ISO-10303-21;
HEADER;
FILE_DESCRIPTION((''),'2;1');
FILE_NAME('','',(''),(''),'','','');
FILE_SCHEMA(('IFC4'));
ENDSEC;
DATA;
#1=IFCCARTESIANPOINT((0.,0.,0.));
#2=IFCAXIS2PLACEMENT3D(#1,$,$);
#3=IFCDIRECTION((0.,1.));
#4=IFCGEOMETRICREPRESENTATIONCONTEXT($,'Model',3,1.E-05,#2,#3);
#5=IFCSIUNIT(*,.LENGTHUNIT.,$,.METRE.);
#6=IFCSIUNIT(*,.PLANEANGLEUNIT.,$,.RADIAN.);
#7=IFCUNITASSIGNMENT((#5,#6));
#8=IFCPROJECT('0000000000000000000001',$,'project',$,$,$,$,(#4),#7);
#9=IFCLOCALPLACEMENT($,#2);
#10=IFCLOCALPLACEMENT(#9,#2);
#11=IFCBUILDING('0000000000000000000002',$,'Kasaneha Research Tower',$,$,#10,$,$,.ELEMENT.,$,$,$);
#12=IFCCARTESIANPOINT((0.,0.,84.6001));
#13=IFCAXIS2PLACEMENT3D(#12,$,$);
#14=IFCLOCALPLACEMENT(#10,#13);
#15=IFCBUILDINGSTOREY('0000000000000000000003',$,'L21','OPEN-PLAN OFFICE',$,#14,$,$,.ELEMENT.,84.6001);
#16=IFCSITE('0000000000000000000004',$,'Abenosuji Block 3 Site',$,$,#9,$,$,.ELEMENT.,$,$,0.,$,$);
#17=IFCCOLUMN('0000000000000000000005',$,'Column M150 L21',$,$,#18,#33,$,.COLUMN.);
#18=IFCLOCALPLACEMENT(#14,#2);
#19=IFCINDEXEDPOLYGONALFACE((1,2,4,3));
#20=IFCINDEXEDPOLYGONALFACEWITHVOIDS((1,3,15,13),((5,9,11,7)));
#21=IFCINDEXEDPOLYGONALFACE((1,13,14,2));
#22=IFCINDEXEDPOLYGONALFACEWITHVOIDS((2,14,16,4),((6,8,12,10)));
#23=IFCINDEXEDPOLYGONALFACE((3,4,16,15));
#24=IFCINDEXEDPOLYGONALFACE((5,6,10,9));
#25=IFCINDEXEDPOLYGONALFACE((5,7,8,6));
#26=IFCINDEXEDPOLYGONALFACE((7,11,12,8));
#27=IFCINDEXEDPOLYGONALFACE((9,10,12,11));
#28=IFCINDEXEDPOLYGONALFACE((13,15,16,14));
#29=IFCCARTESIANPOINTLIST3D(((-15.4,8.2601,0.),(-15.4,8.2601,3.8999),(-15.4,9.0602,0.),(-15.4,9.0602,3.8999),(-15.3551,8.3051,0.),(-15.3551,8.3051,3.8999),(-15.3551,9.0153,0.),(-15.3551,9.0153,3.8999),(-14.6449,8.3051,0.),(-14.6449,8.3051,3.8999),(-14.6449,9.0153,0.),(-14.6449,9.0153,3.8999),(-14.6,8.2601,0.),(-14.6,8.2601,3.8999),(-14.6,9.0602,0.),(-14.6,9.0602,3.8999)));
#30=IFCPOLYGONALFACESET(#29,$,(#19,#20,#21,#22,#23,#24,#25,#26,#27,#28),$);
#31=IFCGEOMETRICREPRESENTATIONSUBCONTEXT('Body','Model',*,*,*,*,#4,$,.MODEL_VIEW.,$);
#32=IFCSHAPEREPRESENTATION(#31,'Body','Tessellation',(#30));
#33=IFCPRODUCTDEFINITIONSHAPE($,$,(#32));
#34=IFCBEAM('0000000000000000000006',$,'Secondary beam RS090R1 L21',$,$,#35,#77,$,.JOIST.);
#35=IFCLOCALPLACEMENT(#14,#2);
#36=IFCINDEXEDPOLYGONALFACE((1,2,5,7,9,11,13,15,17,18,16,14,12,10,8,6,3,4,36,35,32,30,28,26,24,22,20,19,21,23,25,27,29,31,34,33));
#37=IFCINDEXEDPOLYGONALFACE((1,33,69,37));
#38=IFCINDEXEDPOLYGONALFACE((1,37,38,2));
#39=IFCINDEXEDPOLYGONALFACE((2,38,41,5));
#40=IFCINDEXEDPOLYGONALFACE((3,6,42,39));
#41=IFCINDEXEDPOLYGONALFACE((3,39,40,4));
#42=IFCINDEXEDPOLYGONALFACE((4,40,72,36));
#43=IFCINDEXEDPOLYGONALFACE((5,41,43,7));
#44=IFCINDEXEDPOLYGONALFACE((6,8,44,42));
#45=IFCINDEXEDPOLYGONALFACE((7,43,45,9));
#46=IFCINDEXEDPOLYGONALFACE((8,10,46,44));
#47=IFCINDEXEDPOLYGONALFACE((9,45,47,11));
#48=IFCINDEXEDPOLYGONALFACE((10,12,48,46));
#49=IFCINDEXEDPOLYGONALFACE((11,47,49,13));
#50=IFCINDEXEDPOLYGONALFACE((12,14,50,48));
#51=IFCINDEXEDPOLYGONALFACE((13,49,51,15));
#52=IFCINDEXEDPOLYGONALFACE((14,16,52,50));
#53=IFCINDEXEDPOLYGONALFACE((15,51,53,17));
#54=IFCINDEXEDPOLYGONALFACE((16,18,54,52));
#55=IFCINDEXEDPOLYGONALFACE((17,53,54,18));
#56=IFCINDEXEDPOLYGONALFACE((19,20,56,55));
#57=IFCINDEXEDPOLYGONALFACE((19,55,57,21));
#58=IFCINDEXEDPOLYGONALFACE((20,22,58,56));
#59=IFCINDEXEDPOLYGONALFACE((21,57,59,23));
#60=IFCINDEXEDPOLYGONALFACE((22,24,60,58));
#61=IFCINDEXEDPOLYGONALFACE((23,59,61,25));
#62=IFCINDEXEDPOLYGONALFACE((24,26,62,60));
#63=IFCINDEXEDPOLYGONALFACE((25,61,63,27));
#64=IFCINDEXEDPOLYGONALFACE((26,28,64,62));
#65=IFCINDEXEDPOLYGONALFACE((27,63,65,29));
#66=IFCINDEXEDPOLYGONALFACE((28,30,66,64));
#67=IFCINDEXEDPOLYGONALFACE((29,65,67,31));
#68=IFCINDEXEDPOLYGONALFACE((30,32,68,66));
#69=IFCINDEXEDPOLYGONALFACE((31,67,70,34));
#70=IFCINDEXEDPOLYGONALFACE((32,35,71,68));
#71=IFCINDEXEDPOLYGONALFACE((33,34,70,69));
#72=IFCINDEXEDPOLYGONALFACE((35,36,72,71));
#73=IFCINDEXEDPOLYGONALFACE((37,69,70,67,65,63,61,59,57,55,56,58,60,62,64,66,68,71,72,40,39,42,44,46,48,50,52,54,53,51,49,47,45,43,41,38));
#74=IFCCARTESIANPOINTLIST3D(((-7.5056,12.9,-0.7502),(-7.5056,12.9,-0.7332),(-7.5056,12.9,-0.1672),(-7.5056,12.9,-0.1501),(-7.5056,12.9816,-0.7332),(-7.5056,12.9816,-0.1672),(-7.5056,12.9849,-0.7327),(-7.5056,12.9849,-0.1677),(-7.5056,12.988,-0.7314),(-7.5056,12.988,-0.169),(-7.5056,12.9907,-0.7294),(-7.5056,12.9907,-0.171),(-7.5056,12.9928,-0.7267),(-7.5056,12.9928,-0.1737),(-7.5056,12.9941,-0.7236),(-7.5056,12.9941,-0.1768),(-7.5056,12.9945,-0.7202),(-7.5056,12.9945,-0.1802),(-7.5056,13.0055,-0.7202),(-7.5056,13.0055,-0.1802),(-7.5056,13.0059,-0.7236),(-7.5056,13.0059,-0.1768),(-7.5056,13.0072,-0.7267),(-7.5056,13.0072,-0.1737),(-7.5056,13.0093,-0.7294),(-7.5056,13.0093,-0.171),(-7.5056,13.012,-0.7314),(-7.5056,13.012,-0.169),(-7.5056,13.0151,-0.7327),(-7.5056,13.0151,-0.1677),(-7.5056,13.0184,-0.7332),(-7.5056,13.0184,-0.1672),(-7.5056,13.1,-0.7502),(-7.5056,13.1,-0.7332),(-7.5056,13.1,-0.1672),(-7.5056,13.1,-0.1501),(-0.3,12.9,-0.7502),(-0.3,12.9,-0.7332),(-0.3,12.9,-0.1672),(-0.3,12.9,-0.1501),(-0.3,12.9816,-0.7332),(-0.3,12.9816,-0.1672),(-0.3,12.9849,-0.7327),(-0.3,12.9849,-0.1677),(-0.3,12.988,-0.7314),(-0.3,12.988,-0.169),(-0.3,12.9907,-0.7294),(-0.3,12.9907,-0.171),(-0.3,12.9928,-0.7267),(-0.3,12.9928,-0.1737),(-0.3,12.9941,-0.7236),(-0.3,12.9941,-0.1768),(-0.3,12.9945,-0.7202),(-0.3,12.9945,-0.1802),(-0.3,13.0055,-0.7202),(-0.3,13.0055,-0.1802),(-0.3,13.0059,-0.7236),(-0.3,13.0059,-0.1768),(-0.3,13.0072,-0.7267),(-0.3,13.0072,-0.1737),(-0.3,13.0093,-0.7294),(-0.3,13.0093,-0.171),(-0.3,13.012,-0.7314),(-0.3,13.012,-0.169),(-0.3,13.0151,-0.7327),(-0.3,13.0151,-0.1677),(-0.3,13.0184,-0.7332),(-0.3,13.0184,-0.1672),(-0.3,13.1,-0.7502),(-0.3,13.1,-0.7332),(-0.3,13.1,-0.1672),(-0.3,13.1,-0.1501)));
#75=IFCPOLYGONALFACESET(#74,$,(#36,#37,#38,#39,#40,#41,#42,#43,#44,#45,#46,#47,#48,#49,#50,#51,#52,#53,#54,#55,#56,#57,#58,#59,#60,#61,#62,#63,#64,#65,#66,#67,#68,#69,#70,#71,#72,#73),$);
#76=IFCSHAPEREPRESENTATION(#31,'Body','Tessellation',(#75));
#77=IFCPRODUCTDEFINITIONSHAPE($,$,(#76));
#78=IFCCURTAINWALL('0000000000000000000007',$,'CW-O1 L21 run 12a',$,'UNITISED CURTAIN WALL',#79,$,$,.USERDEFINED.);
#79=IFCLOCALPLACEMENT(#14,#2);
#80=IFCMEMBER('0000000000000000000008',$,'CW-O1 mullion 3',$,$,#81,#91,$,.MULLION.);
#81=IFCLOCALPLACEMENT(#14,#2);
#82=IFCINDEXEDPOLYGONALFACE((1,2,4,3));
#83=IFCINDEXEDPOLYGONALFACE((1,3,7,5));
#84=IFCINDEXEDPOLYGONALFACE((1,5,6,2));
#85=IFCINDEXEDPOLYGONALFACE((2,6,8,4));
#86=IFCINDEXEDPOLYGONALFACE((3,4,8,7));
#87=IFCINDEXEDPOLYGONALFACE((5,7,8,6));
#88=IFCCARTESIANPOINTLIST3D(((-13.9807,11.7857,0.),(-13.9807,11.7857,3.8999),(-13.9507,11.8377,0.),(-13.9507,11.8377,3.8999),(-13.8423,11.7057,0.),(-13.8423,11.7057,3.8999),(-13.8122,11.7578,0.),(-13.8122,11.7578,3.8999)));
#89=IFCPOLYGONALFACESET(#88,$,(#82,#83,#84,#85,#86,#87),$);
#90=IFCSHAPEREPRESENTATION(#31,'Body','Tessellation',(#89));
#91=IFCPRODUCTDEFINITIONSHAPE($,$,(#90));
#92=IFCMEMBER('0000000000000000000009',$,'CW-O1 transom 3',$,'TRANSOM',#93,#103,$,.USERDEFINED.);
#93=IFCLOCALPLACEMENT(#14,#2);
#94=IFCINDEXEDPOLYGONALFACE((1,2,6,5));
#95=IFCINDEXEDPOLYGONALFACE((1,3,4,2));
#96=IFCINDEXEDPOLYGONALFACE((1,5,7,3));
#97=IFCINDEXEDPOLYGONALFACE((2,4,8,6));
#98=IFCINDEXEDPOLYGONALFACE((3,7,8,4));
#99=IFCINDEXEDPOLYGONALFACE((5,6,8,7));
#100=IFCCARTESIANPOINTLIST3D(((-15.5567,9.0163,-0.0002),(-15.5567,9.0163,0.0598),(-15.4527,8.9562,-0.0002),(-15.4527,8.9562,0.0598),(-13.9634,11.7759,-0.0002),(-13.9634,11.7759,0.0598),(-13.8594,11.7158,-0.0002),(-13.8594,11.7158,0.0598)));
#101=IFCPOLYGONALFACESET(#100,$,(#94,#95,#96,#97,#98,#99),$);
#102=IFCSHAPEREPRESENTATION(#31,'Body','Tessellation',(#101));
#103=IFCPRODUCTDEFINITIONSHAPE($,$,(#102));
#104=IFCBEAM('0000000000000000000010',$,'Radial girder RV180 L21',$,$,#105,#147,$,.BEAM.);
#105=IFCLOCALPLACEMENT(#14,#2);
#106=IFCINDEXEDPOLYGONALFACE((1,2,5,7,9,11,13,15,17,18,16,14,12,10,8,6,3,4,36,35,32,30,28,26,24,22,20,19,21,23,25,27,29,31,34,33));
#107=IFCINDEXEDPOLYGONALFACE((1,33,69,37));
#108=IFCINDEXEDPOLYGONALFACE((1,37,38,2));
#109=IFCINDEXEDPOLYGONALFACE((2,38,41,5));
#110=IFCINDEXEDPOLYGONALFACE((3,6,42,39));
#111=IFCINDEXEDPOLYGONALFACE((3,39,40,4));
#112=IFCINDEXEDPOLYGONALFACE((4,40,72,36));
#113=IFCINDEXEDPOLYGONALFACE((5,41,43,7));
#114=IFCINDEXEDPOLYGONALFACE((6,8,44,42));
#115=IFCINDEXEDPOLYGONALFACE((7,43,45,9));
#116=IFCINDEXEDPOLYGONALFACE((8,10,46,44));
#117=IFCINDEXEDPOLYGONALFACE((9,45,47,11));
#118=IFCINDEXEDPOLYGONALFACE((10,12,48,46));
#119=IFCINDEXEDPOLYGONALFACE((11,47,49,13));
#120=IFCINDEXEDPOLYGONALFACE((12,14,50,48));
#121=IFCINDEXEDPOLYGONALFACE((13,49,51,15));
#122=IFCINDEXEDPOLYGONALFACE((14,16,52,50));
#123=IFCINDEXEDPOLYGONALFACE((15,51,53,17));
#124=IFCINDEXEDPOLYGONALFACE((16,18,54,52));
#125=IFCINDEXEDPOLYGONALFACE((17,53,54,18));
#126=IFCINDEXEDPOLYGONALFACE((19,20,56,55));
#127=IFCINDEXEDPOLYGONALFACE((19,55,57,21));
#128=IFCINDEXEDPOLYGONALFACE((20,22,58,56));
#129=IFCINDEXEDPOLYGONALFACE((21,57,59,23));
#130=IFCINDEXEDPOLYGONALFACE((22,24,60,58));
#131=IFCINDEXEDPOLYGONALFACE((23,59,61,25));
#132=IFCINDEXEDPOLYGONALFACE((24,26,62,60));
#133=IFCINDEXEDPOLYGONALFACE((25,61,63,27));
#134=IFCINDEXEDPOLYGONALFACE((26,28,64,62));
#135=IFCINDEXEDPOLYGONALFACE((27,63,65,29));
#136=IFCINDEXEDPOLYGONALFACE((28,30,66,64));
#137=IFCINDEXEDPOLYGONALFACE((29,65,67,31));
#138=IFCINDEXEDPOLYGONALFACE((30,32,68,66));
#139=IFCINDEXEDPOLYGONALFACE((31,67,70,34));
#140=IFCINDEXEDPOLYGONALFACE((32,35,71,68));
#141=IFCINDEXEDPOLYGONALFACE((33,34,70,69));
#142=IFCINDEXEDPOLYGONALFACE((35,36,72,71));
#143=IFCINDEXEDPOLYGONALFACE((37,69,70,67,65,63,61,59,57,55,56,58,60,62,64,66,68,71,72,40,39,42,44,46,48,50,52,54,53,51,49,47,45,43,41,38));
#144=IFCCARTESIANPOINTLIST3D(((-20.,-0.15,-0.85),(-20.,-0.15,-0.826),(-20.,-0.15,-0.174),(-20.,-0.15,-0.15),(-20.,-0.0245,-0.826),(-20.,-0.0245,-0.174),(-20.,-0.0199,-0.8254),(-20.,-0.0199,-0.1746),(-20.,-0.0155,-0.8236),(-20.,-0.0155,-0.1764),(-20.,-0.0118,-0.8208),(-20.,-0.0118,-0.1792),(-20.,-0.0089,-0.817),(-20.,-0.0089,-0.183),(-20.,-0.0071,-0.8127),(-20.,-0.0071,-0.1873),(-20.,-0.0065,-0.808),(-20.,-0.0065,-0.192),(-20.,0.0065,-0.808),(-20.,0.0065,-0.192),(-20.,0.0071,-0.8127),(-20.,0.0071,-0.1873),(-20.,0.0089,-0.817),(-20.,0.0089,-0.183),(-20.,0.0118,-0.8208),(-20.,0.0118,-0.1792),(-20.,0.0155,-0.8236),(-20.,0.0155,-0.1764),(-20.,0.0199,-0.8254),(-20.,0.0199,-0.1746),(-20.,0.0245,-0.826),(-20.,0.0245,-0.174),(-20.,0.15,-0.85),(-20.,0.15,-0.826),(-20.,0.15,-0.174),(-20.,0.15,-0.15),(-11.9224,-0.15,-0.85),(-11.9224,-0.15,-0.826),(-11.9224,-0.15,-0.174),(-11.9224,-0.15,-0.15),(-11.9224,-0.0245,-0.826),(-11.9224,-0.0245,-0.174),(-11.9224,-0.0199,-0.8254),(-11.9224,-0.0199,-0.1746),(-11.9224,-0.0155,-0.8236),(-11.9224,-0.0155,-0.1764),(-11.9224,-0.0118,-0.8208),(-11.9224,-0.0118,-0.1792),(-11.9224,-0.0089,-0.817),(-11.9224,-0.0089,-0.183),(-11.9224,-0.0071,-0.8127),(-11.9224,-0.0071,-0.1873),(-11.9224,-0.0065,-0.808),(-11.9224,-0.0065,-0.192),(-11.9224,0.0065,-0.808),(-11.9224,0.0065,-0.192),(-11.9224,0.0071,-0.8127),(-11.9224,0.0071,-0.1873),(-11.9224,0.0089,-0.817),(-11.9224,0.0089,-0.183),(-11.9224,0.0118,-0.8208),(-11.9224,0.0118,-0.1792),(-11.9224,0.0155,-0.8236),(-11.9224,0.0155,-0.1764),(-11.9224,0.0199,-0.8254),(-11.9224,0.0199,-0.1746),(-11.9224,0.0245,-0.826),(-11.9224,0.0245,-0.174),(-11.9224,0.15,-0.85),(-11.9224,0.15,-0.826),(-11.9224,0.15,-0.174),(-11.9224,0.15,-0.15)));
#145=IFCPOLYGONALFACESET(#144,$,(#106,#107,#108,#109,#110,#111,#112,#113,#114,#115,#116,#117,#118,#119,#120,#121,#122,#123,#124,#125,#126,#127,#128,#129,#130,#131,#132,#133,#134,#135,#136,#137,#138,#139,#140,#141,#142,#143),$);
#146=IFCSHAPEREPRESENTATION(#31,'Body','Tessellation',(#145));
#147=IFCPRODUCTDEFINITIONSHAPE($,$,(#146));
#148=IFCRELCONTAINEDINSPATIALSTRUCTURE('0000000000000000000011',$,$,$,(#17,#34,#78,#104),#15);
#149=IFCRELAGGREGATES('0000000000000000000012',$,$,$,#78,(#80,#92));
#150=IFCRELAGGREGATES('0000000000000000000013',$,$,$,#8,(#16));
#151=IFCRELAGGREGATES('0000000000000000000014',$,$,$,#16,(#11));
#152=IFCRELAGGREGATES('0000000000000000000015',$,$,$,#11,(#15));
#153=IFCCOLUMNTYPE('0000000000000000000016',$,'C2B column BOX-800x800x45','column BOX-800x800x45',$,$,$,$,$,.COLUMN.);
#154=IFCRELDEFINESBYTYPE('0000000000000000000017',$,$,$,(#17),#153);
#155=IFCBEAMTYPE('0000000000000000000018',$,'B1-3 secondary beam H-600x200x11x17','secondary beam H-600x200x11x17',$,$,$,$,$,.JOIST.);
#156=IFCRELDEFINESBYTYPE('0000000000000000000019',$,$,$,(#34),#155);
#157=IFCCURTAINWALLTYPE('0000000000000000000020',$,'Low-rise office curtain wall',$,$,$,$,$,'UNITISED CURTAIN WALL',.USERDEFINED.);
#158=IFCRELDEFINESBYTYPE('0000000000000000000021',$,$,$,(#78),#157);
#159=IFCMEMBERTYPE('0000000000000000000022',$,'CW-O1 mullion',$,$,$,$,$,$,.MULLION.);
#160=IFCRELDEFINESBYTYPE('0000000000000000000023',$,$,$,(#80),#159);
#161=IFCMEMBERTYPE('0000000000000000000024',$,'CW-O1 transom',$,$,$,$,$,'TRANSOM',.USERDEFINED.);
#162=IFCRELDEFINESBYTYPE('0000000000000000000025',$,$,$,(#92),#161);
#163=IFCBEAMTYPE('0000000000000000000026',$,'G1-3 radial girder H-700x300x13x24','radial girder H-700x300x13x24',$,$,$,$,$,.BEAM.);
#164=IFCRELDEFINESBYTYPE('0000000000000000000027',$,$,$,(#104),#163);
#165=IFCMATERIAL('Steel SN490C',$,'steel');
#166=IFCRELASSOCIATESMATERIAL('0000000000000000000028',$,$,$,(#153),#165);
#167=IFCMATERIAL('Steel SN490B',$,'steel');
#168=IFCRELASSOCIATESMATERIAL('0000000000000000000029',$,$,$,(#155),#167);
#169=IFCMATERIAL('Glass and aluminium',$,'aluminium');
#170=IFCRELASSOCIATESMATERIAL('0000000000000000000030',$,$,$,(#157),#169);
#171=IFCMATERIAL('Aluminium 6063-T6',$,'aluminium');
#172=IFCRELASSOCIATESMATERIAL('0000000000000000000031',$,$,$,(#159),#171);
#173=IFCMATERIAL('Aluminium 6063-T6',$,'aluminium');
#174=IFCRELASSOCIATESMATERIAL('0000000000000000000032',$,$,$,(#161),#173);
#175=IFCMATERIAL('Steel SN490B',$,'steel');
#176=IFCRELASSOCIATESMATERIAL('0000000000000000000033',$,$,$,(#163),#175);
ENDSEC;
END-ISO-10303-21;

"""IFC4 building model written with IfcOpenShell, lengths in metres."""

from ifc_helpers import new_model, si_unit, direction, frame, origin, origin_2d, place, context, subcontext, project, spatial, rectangle, hollow_rectangle, i_section, extrude, material, material_profile, profile_set, type_object, element, aggregate, save


model = new_model("IFC4")

# Units and contexts
model_context = context("Model", 3, precision=1e-05, world=origin(), true_north=direction((0.0, 1.0)))
body_context = subcontext(model_context, "Body", "Model", "MODEL_VIEW")
ifc_project = project(units=[si_unit("LENGTHUNIT", "METRE"), si_unit("PLANEANGLEUNIT", "RADIAN")], contexts=[model_context])

# Site, building, storey
site_placement = place(None, origin())
site = spatial("IfcSite", under=ifc_project, at=site_placement, Name="Abenosuji Block 3 Site", CompositionType="ELEMENT", RefElevation=0.0)
building_placement = place(site_placement, origin())
building = spatial("IfcBuilding", under=site, at=building_placement, Name="Kasaneha Research Tower", CompositionType="ELEMENT")
storey_placement = place(building_placement, frame((0.0, 0.0, 84.6001)))
storey = spatial("IfcBuildingStorey", under=building, at=storey_placement, Name="L21", Description="OPEN-PLAN OFFICE", CompositionType="ELEMENT", Elevation=84.6001)

# Column
ifc_material_1 = material(Name="Steel SN490C", Category="steel")
ifc_material_profile_1 = material_profile(ifc_material_1, hollow_rectangle(XDim=0.8, YDim=0.8, WallThickness=0.0449, at=origin_2d()), Name="BOX-800x800x45")
ifc_profile_set_1 = profile_set([ifc_material_profile_1], Name="Steel SN490C")
column_type = type_object("IfcColumnType", Name="C2B column BOX-800x800x45", Description="column BOX-800x800x45", PredefinedType="COLUMN", material=ifc_profile_set_1)
column_placement = place(storey_placement, frame((-15.0, 8.6602, 0.0), z_axis=(0.0, 0.0, 1.0), x_axis=(1.0, 0.0, 0.0)))
element("IfcColumn", 1, at=column_placement, inside=storey, type_object=column_type, Name="Column M150 L21", PredefinedType="COLUMN", context=body_context, shape_type="SweptSolid", body=[
    extrude(hollow_rectangle(XDim=0.8, YDim=0.8, WallThickness=0.0449, at=origin_2d()), origin(), (0.0, 0.0, 1.0), 3.8999),
])

# Beam
ifc_material_2 = material(Name="Steel SN490B", Category="steel")
ifc_material_profile_2 = material_profile(ifc_material_2, i_section(OverallWidth=0.2, OverallDepth=0.6001, WebThickness=0.011, FlangeThickness=0.0171, FilletRadius=0.0129, at=origin_2d()), Name="H-600x200x11x17")
ifc_profile_set_2 = profile_set([ifc_material_profile_2], Name="Steel SN490B")
beam_type_1 = type_object("IfcBeamType", Name="B1-3 secondary beam H-600x200x11x17", Description="secondary beam H-600x200x11x17", PredefinedType="JOIST", material=ifc_profile_set_2)
beam_1_placement = place(storey_placement, frame((-7.5056, 13.0, -0.4502), z_axis=(1.0, 0.0, 0.0), x_axis=(0.0, 1.0, 0.0)))
element("IfcBeam", 2, at=beam_1_placement, inside=storey, type_object=beam_type_1, Name="Secondary beam RS090R1 L21", PredefinedType="JOIST", context=body_context, shape_type="SweptSolid", body=[
    extrude(i_section(OverallWidth=0.2, OverallDepth=0.6001, WebThickness=0.011, FlangeThickness=0.0171, FilletRadius=0.0129, at=origin_2d()), origin(), (0.0, 0.0, 1.0), 7.2056),
])

# Curtain wall, members
ifc_material_3 = material(Name="Glass and aluminium", Category="aluminium")
curtain_wall_type = type_object("IfcCurtainWallType", Name="Low-rise office curtain wall", ElementType="UNITISED CURTAIN WALL", PredefinedType="USERDEFINED", material=ifc_material_3)
curtain_wall_placement = place(storey_placement, origin())
curtain_wall = element("IfcCurtainWall", 3, at=curtain_wall_placement, inside=storey, type_object=curtain_wall_type, Name="CW-O1 L21 run 12a", ObjectType="UNITISED CURTAIN WALL", PredefinedType="USERDEFINED")
ifc_material_4 = material(Name="Aluminium 6063-T6", Category="aluminium")
ifc_material_profile_3 = material_profile(ifc_material_4, rectangle(XDim=0.0601, YDim=0.1599, at=origin_2d()), Name="CW-O1 mullion 60x160")
ifc_profile_set_3 = profile_set([ifc_material_profile_3], Name="Aluminium 6063-T6")
member_type_1 = type_object("IfcMemberType", Name="CW-O1 mullion", PredefinedType="MULLION", material=ifc_profile_set_3)
member_1_placement = place(storey_placement, frame((-13.8965, 11.7717, 0.0), z_axis=(0.0, 0.0, 1.0), x_axis=(-0.5, -0.866025, 0.0)))
member_1 = element("IfcMember", 4, at=member_1_placement, type_object=member_type_1, Name="CW-O1 mullion 3", PredefinedType="MULLION", context=body_context, shape_type="SweptSolid", body=[
    extrude(rectangle(XDim=0.0601, YDim=0.1599, at=origin_2d()), origin(), (0.0, 0.0, 1.0), 3.8999),
])
ifc_material_5 = material(Name="Aluminium 6063-T6", Category="aluminium")
ifc_material_profile_4 = material_profile(ifc_material_5, rectangle(XDim=0.1201, YDim=0.0601, at=origin_2d()), Name="CW-O1 transom 120x60")
ifc_profile_set_4 = profile_set([ifc_material_profile_4], Name="Aluminium 6063-T6")
member_type_2 = type_object("IfcMemberType", Name="CW-O1 transom", ElementType="TRANSOM", PredefinedType="USERDEFINED", material=ifc_profile_set_4)
member_2_placement = place(storey_placement, frame((-13.9114, 11.7458, 0.0298), z_axis=(-0.500012, -0.866018, 0.0), x_axis=(0.866018, -0.500012, 0.0)))
member_2 = element("IfcMember", 5, at=member_2_placement, type_object=member_type_2, Name="CW-O1 transom 3", ObjectType="TRANSOM", PredefinedType="USERDEFINED", context=body_context, shape_type="SweptSolid", body=[
    extrude(rectangle(XDim=0.1201, YDim=0.0601, at=origin_2d()), origin(), (0.0, 0.0, 1.0), 3.1865),
])

# Beam
ifc_material_6 = material(Name="Steel SN490B", Category="steel")
ifc_material_profile_5 = material_profile(ifc_material_6, i_section(OverallWidth=0.3, OverallDepth=0.7, WebThickness=0.0129, FlangeThickness=0.0239, FilletRadius=0.0181, at=origin_2d()), Name="H-700x300x13x24")
ifc_profile_set_5 = profile_set([ifc_material_profile_5], Name="Steel SN490B")
beam_type_2 = type_object("IfcBeamType", Name="G1-3 radial girder H-700x300x13x24", Description="radial girder H-700x300x13x24", PredefinedType="BEAM", material=ifc_profile_set_5)
beam_2_placement = place(storey_placement, frame((-11.9224, 0.0, -0.5), z_axis=(-1.0, 0.0, 0.0), x_axis=(0.0, -1.0, 0.0)))
element("IfcBeam", 6, at=beam_2_placement, inside=storey, type_object=beam_type_2, Name="Radial girder RV180 L21", PredefinedType="BEAM", context=body_context, shape_type="SweptSolid", body=[
    extrude(i_section(OverallWidth=0.3, OverallDepth=0.7, WebThickness=0.0129, FlangeThickness=0.0239, FilletRadius=0.0181, at=origin_2d()), origin(), (0.0, 0.0, 1.0), 8.0776),
])

aggregate(curtain_wall, [member_1, member_2])

save(model, "model.ifc")
